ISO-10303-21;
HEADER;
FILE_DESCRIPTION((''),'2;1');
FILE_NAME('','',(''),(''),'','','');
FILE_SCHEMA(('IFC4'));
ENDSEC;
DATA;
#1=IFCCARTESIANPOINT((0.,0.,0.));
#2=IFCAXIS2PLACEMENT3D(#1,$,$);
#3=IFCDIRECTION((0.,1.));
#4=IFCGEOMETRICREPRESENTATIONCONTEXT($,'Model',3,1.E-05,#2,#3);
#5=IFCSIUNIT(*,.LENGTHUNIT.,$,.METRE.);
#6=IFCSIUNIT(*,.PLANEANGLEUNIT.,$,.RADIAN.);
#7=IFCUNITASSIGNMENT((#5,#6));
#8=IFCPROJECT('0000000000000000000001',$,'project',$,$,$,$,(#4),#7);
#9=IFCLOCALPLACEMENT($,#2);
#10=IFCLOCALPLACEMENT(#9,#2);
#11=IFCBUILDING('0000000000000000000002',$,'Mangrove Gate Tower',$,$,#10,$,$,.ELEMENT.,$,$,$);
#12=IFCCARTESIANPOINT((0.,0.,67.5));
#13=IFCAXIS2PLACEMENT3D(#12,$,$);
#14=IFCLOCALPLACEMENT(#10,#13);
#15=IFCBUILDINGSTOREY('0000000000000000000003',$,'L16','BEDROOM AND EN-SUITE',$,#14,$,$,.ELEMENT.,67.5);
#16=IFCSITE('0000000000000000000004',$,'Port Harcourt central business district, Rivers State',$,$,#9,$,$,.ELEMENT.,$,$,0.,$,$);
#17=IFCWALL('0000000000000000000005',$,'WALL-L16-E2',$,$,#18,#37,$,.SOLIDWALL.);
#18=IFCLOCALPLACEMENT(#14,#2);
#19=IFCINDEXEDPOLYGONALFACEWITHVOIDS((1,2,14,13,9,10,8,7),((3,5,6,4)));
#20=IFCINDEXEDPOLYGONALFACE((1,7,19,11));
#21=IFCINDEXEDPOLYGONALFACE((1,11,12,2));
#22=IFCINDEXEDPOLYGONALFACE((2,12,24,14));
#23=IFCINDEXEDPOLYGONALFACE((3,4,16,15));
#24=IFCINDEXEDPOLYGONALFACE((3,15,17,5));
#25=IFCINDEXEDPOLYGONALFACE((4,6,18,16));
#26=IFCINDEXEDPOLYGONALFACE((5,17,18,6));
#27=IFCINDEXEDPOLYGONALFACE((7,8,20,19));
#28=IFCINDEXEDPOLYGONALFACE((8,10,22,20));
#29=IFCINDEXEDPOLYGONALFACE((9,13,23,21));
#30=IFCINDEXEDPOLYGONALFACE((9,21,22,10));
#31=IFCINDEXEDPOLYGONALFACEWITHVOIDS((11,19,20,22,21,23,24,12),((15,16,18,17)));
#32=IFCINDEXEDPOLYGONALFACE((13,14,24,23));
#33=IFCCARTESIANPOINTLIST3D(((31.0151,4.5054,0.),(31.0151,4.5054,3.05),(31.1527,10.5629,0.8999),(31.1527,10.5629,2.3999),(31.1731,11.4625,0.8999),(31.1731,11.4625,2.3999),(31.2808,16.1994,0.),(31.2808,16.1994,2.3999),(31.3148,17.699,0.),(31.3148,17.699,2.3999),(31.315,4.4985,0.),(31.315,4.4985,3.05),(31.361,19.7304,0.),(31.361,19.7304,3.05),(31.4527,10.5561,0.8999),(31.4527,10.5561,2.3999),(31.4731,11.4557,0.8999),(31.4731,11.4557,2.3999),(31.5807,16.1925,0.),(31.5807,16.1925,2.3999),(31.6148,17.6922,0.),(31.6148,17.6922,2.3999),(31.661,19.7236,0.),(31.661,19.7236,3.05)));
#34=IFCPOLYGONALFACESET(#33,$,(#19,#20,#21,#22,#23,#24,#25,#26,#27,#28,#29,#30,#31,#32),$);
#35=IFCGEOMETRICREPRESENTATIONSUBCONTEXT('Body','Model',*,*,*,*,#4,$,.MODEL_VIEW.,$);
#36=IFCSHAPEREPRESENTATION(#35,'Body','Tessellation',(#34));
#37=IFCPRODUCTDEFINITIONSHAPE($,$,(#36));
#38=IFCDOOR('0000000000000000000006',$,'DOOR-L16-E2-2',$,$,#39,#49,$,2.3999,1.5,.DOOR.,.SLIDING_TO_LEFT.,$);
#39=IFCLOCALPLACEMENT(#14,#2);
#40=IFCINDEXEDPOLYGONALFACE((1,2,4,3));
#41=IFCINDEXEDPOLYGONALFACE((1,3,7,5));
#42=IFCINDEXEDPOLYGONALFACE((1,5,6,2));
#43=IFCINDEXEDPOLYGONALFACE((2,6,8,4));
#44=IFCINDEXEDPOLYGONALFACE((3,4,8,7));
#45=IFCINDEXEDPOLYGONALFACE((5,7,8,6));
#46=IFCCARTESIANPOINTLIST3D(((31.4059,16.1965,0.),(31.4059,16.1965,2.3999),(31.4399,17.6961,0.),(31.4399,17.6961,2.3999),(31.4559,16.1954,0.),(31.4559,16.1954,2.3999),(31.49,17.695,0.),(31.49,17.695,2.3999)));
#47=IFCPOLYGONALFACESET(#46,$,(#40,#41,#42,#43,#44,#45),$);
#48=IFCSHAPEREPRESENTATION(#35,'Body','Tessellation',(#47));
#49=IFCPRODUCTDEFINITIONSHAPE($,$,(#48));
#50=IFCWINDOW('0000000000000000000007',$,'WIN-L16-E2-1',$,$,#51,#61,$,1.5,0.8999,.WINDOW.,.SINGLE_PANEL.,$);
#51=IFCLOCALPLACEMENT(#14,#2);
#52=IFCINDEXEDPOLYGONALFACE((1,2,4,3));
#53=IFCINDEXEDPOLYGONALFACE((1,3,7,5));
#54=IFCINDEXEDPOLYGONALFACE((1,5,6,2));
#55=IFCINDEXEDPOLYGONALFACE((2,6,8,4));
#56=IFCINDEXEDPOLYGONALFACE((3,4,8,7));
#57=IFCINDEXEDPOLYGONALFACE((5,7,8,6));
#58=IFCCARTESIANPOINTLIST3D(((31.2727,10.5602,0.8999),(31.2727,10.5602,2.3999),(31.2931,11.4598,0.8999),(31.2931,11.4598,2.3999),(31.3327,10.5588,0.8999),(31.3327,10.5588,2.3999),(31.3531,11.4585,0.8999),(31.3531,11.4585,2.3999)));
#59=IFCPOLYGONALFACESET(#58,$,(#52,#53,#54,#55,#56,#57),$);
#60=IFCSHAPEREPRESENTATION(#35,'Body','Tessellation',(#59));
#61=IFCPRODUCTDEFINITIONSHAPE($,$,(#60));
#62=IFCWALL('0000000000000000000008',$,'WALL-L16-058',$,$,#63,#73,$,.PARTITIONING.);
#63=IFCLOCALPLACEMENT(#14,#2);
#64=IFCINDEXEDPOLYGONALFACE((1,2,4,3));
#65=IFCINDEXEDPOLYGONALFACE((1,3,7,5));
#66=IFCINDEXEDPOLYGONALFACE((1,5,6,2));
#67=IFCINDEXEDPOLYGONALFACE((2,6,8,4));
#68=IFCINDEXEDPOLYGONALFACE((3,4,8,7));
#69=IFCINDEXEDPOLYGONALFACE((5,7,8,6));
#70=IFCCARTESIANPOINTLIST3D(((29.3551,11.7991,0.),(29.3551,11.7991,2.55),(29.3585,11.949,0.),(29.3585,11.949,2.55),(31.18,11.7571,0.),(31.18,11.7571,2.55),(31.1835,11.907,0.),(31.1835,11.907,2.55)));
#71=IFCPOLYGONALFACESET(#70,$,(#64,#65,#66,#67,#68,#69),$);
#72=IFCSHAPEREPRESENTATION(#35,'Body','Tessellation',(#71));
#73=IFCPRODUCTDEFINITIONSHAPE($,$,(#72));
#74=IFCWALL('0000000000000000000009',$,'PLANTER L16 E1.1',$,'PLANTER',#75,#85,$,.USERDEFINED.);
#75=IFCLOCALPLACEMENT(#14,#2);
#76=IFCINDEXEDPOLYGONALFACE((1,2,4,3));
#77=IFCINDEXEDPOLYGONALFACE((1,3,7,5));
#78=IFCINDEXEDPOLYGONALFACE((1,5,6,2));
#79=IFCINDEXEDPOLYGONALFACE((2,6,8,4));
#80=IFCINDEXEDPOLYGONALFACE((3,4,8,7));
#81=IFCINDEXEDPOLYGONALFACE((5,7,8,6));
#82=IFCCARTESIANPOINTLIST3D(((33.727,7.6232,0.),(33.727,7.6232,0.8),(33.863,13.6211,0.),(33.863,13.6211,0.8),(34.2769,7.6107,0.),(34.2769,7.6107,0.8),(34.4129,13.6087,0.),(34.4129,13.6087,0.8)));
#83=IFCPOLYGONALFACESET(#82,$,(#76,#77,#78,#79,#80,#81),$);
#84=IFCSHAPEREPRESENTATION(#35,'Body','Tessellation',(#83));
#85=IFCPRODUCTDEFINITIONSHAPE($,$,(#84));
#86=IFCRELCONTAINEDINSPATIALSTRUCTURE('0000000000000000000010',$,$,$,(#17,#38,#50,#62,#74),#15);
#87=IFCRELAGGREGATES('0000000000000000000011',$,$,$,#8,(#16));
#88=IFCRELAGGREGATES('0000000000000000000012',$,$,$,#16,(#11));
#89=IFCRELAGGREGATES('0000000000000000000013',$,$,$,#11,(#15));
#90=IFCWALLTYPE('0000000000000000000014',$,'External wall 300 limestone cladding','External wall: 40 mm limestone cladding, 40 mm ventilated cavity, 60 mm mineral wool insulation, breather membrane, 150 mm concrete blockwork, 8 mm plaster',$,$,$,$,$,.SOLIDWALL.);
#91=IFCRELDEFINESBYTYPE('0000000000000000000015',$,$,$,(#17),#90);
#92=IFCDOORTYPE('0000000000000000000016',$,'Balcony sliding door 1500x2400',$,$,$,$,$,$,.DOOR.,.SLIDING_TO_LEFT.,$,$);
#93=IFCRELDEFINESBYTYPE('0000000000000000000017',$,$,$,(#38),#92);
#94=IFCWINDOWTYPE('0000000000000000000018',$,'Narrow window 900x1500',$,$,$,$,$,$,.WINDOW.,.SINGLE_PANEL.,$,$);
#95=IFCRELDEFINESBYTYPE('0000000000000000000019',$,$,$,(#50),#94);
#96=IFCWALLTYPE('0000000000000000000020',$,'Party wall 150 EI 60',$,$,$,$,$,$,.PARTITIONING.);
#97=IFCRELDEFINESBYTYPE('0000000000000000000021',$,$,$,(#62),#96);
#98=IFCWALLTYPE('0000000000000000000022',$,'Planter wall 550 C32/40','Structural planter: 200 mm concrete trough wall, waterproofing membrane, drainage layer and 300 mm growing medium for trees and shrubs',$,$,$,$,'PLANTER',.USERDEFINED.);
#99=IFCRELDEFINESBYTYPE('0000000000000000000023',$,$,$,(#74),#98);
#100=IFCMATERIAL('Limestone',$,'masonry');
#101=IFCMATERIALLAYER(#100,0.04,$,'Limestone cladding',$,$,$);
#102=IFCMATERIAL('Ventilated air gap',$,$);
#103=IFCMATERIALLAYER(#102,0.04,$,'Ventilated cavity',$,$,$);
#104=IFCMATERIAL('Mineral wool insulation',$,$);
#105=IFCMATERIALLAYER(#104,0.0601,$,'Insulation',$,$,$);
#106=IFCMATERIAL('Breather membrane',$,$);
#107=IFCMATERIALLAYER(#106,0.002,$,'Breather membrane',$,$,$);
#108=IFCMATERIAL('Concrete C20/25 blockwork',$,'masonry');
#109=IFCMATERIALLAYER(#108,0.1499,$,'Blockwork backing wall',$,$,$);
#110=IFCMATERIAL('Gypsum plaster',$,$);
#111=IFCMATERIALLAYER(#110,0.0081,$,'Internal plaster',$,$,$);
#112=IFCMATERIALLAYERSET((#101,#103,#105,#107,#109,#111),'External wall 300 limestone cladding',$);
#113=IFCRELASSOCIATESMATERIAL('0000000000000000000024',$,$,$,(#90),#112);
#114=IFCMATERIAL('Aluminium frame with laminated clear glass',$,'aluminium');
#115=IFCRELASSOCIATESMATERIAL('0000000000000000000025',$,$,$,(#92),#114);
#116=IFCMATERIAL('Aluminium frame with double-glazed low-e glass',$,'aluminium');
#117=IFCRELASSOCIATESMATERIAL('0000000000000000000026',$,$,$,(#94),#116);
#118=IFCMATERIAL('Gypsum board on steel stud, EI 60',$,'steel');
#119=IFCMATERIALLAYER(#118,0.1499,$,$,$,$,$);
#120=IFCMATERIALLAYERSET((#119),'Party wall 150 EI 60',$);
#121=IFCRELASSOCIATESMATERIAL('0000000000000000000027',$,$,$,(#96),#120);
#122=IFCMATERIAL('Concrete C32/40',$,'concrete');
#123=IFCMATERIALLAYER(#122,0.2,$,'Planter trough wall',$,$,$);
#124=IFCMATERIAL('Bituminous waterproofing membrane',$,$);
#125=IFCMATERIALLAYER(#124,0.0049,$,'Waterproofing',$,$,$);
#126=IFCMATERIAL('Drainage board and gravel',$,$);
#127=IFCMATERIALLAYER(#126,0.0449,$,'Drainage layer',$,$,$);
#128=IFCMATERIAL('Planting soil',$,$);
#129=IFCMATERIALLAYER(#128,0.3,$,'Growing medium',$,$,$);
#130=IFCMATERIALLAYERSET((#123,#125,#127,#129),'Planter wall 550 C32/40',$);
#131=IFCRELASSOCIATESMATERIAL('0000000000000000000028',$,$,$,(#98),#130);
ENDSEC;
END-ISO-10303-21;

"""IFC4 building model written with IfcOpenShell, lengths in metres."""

from ifc_helpers import new_model, si_unit, direction, frame, frame_2d, origin, place, context, subcontext, project, spatial, rectangle, extrude, material, layer, layer_set, type_object, element, fill, save


model = new_model("IFC4")

# Units and contexts
model_context = context("Model", 3, precision=1e-05, world=origin(), true_north=direction((0.0, 1.0)))
body_context = subcontext(model_context, "Body", "Model", "MODEL_VIEW")
ifc_project = project(units=[si_unit("LENGTHUNIT", "METRE"), si_unit("PLANEANGLEUNIT", "RADIAN")], contexts=[model_context])

# Site, building, storey
site_placement = place(None, origin())
site = spatial("IfcSite", under=ifc_project, at=site_placement, Name="Port Harcourt central business district, Rivers State", CompositionType="ELEMENT", RefElevation=0.0)
building_placement = place(site_placement, origin())
building = spatial("IfcBuilding", under=site, at=building_placement, Name="Mangrove Gate Tower", CompositionType="ELEMENT")
storey_placement = place(building_placement, frame((0.0, 0.0, 67.5)))
storey = spatial("IfcBuildingStorey", under=building, at=storey_placement, Name="L16", Description="BEDROOM AND EN-SUITE", CompositionType="ELEMENT", Elevation=67.5)

# Wall, openings, door, window
ifc_material_1 = material(Name="Limestone", Category="masonry")
ifc_layer_1 = layer(ifc_material_1, 0.04, Name="Limestone cladding")
ifc_material_2 = material(Name="Ventilated air gap")
ifc_layer_2 = layer(ifc_material_2, 0.04, Name="Ventilated cavity")
ifc_material_3 = material(Name="Mineral wool insulation")
ifc_layer_3 = layer(ifc_material_3, 0.0601, Name="Insulation")
ifc_material_4 = material(Name="Breather membrane")
ifc_layer_4 = layer(ifc_material_4, 0.002, Name="Breather membrane")
ifc_material_5 = material(Name="Concrete C20/25 blockwork", Category="masonry")
ifc_layer_5 = layer(ifc_material_5, 0.1499, Name="Blockwork backing wall")
ifc_material_6 = material(Name="Gypsum plaster")
ifc_layer_6 = layer(ifc_material_6, 0.0081, Name="Internal plaster")
ifc_layer_set_1 = layer_set([ifc_layer_1, ifc_layer_2, ifc_layer_3, ifc_layer_4, ifc_layer_5, ifc_layer_6], Name="External wall 300 limestone cladding")
wall_type_1 = type_object("IfcWallType", Name="External wall 300 limestone cladding", Description="External wall: 40 mm limestone cladding, 40 mm ventilated cavity, 60 mm mineral wool insulation, breather membrane, 150 mm concrete blockwork, 8 mm plaster", PredefinedType="SOLIDWALL", material=ifc_layer_set_1)
wall_1_placement = place(storey_placement, frame((31.165, 4.502, 0.0), z_axis=(0.0, 0.0, 1.0), x_axis=(0.022716, 0.999742, 0.0)))
wall_1 = element("IfcWall", 1, at=wall_1_placement, inside=storey, type_object=wall_type_1, Name="WALL-L16-E2", PredefinedType="SOLIDWALL", context=body_context, shape_type="SweptSolid", body=[
    extrude(rectangle(XDim=15.229, YDim=0.3, at=frame_2d((7.6145, 0.0))), origin(), (0.0, 0.0, 1.0), 3.05),
])
opening_1_placement = place(wall_1_placement, frame((6.0591, 0.0, 0.8999)))
opening_1 = element("IfcOpeningElement", 2, at=opening_1_placement, cuts=wall_1, PredefinedType="OPENING", context=body_context, shape_type="SweptSolid", body=[
    extrude(rectangle(XDim=0.8999, YDim=1.5, at=frame_2d((0.45, 0.75))), frame((0.0, 0.1599, 0.0), z_axis=(0.0, -1.0, 0.0), x_axis=(1.0, 0.0, 0.0)), (0.0, 0.0, 1.0), 0.3201),
])
opening_2_placement = place(wall_1_placement, frame((11.697, 0.0, 0.0)))
opening_2 = element("IfcOpeningElement", 3, at=opening_2_placement, cuts=wall_1, PredefinedType="OPENING", context=body_context, shape_type="SweptSolid", body=[
    extrude(rectangle(XDim=1.5, YDim=2.3999, at=frame_2d((0.75, 1.2))), frame((0.0, 0.1599, 0.0), z_axis=(0.0, -1.0, 0.0), x_axis=(1.0, 0.0, 0.0)), (0.0, 0.0, 1.0), 0.3201),
])
ifc_material_7 = material(Name="Aluminium frame with laminated clear glass", Category="aluminium")
door_type = type_object("IfcDoorType", Name="Balcony sliding door 1500x2400", OperationType="SLIDING_TO_LEFT", PredefinedType="DOOR", material=ifc_material_7)
door_placement = place(opening_2_placement, origin())
door = element("IfcDoor", 4, at=door_placement, inside=storey, type_object=door_type, Name="DOOR-L16-E2-2", OperationType="SLIDING_TO_LEFT", OverallHeight=2.3999, OverallWidth=1.5, PredefinedType="DOOR", context=body_context, shape_type="SweptSolid", body=[
    extrude(rectangle(XDim=1.5, YDim=2.3999, at=frame_2d((0.75, 1.2))), frame((0.0, 0.0249, 0.0), z_axis=(0.0, -1.0, 0.0), x_axis=(1.0, 0.0, 0.0)), (0.0, 0.0, 1.0), 0.05),
])
fill(opening_2, door)
ifc_material_8 = material(Name="Aluminium frame with double-glazed low-e glass", Category="aluminium")
window_type = type_object("IfcWindowType", Name="Narrow window 900x1500", PartitioningType="SINGLE_PANEL", PredefinedType="WINDOW", material=ifc_material_8)
window_placement = place(opening_1_placement, origin())
window = element("IfcWindow", 5, at=window_placement, inside=storey, type_object=window_type, Name="WIN-L16-E2-1", OverallHeight=1.5, OverallWidth=0.8999, PartitioningType="SINGLE_PANEL", PredefinedType="WINDOW", context=body_context, shape_type="SweptSolid", body=[
    extrude(rectangle(XDim=0.8999, YDim=1.5, at=frame_2d((0.45, 0.75))), frame((0.0, 0.03, 0.0), z_axis=(0.0, -1.0, 0.0), x_axis=(1.0, 0.0, 0.0)), (0.0, 0.0, 1.0), 0.0601),
])
fill(opening_1, window)

# Walls
ifc_material_9 = material(Name="Gypsum board on steel stud, EI 60", Category="steel")
ifc_layer_7 = layer(ifc_material_9, 0.1499)
ifc_layer_set_2 = layer_set([ifc_layer_7], Name="Party wall 150 EI 60")
wall_type_2 = type_object("IfcWallType", Name="Party wall 150 EI 60", PredefinedType="PARTITIONING", material=ifc_layer_set_2)
wall_2_placement = place(storey_placement, frame((29.3569, 11.874, 0.0), z_axis=(0.0, 0.0, 1.0), x_axis=(0.999735, -0.023004, 0.0)))
element("IfcWall", 6, at=wall_2_placement, inside=storey, type_object=wall_type_2, Name="WALL-L16-058", PredefinedType="PARTITIONING", context=body_context, shape_type="SweptSolid", body=[
    extrude(rectangle(XDim=1.8254, YDim=0.1499, at=frame_2d((0.9126, 0.0))), origin(), (0.0, 0.0, 1.0), 2.55),
])
ifc_material_10 = material(Name="Concrete C32/40", Category="concrete")
ifc_layer_8 = layer(ifc_material_10, 0.2, Name="Planter trough wall")
ifc_material_11 = material(Name="Bituminous waterproofing membrane")
ifc_layer_9 = layer(ifc_material_11, 0.0049, Name="Waterproofing")
ifc_material_12 = material(Name="Drainage board and gravel")
ifc_layer_10 = layer(ifc_material_12, 0.0449, Name="Drainage layer")
ifc_material_13 = material(Name="Planting soil")
ifc_layer_11 = layer(ifc_material_13, 0.3, Name="Growing medium")
ifc_layer_set_3 = layer_set([ifc_layer_8, ifc_layer_9, ifc_layer_10, ifc_layer_11], Name="Planter wall 550 C32/40")
wall_type_3 = type_object("IfcWallType", Name="Planter wall 550 C32/40", Description="Structural planter: 200 mm concrete trough wall, waterproofing membrane, drainage layer and 300 mm growing medium for trees and shrubs", ElementType="PLANTER", PredefinedType="USERDEFINED", material=ifc_layer_set_3)
wall_3_placement = place(storey_placement, frame((34.002, 7.6169, 0.0), z_axis=(0.0, 0.0, 1.0), x_axis=(0.022666, 0.999743, 0.0)))
element("IfcWall", 7, at=wall_3_placement, inside=storey, type_object=wall_type_3, Name="PLANTER L16 E1.1", ObjectType="PLANTER", PredefinedType="USERDEFINED", context=body_context, shape_type="SweptSolid", body=[
    extrude(rectangle(XDim=5.9995, YDim=0.55, at=frame_2d((2.9998, 0.0))), origin(), (0.0, 0.0, 1.0), 0.8),
])

save(model, "model.ifc")
